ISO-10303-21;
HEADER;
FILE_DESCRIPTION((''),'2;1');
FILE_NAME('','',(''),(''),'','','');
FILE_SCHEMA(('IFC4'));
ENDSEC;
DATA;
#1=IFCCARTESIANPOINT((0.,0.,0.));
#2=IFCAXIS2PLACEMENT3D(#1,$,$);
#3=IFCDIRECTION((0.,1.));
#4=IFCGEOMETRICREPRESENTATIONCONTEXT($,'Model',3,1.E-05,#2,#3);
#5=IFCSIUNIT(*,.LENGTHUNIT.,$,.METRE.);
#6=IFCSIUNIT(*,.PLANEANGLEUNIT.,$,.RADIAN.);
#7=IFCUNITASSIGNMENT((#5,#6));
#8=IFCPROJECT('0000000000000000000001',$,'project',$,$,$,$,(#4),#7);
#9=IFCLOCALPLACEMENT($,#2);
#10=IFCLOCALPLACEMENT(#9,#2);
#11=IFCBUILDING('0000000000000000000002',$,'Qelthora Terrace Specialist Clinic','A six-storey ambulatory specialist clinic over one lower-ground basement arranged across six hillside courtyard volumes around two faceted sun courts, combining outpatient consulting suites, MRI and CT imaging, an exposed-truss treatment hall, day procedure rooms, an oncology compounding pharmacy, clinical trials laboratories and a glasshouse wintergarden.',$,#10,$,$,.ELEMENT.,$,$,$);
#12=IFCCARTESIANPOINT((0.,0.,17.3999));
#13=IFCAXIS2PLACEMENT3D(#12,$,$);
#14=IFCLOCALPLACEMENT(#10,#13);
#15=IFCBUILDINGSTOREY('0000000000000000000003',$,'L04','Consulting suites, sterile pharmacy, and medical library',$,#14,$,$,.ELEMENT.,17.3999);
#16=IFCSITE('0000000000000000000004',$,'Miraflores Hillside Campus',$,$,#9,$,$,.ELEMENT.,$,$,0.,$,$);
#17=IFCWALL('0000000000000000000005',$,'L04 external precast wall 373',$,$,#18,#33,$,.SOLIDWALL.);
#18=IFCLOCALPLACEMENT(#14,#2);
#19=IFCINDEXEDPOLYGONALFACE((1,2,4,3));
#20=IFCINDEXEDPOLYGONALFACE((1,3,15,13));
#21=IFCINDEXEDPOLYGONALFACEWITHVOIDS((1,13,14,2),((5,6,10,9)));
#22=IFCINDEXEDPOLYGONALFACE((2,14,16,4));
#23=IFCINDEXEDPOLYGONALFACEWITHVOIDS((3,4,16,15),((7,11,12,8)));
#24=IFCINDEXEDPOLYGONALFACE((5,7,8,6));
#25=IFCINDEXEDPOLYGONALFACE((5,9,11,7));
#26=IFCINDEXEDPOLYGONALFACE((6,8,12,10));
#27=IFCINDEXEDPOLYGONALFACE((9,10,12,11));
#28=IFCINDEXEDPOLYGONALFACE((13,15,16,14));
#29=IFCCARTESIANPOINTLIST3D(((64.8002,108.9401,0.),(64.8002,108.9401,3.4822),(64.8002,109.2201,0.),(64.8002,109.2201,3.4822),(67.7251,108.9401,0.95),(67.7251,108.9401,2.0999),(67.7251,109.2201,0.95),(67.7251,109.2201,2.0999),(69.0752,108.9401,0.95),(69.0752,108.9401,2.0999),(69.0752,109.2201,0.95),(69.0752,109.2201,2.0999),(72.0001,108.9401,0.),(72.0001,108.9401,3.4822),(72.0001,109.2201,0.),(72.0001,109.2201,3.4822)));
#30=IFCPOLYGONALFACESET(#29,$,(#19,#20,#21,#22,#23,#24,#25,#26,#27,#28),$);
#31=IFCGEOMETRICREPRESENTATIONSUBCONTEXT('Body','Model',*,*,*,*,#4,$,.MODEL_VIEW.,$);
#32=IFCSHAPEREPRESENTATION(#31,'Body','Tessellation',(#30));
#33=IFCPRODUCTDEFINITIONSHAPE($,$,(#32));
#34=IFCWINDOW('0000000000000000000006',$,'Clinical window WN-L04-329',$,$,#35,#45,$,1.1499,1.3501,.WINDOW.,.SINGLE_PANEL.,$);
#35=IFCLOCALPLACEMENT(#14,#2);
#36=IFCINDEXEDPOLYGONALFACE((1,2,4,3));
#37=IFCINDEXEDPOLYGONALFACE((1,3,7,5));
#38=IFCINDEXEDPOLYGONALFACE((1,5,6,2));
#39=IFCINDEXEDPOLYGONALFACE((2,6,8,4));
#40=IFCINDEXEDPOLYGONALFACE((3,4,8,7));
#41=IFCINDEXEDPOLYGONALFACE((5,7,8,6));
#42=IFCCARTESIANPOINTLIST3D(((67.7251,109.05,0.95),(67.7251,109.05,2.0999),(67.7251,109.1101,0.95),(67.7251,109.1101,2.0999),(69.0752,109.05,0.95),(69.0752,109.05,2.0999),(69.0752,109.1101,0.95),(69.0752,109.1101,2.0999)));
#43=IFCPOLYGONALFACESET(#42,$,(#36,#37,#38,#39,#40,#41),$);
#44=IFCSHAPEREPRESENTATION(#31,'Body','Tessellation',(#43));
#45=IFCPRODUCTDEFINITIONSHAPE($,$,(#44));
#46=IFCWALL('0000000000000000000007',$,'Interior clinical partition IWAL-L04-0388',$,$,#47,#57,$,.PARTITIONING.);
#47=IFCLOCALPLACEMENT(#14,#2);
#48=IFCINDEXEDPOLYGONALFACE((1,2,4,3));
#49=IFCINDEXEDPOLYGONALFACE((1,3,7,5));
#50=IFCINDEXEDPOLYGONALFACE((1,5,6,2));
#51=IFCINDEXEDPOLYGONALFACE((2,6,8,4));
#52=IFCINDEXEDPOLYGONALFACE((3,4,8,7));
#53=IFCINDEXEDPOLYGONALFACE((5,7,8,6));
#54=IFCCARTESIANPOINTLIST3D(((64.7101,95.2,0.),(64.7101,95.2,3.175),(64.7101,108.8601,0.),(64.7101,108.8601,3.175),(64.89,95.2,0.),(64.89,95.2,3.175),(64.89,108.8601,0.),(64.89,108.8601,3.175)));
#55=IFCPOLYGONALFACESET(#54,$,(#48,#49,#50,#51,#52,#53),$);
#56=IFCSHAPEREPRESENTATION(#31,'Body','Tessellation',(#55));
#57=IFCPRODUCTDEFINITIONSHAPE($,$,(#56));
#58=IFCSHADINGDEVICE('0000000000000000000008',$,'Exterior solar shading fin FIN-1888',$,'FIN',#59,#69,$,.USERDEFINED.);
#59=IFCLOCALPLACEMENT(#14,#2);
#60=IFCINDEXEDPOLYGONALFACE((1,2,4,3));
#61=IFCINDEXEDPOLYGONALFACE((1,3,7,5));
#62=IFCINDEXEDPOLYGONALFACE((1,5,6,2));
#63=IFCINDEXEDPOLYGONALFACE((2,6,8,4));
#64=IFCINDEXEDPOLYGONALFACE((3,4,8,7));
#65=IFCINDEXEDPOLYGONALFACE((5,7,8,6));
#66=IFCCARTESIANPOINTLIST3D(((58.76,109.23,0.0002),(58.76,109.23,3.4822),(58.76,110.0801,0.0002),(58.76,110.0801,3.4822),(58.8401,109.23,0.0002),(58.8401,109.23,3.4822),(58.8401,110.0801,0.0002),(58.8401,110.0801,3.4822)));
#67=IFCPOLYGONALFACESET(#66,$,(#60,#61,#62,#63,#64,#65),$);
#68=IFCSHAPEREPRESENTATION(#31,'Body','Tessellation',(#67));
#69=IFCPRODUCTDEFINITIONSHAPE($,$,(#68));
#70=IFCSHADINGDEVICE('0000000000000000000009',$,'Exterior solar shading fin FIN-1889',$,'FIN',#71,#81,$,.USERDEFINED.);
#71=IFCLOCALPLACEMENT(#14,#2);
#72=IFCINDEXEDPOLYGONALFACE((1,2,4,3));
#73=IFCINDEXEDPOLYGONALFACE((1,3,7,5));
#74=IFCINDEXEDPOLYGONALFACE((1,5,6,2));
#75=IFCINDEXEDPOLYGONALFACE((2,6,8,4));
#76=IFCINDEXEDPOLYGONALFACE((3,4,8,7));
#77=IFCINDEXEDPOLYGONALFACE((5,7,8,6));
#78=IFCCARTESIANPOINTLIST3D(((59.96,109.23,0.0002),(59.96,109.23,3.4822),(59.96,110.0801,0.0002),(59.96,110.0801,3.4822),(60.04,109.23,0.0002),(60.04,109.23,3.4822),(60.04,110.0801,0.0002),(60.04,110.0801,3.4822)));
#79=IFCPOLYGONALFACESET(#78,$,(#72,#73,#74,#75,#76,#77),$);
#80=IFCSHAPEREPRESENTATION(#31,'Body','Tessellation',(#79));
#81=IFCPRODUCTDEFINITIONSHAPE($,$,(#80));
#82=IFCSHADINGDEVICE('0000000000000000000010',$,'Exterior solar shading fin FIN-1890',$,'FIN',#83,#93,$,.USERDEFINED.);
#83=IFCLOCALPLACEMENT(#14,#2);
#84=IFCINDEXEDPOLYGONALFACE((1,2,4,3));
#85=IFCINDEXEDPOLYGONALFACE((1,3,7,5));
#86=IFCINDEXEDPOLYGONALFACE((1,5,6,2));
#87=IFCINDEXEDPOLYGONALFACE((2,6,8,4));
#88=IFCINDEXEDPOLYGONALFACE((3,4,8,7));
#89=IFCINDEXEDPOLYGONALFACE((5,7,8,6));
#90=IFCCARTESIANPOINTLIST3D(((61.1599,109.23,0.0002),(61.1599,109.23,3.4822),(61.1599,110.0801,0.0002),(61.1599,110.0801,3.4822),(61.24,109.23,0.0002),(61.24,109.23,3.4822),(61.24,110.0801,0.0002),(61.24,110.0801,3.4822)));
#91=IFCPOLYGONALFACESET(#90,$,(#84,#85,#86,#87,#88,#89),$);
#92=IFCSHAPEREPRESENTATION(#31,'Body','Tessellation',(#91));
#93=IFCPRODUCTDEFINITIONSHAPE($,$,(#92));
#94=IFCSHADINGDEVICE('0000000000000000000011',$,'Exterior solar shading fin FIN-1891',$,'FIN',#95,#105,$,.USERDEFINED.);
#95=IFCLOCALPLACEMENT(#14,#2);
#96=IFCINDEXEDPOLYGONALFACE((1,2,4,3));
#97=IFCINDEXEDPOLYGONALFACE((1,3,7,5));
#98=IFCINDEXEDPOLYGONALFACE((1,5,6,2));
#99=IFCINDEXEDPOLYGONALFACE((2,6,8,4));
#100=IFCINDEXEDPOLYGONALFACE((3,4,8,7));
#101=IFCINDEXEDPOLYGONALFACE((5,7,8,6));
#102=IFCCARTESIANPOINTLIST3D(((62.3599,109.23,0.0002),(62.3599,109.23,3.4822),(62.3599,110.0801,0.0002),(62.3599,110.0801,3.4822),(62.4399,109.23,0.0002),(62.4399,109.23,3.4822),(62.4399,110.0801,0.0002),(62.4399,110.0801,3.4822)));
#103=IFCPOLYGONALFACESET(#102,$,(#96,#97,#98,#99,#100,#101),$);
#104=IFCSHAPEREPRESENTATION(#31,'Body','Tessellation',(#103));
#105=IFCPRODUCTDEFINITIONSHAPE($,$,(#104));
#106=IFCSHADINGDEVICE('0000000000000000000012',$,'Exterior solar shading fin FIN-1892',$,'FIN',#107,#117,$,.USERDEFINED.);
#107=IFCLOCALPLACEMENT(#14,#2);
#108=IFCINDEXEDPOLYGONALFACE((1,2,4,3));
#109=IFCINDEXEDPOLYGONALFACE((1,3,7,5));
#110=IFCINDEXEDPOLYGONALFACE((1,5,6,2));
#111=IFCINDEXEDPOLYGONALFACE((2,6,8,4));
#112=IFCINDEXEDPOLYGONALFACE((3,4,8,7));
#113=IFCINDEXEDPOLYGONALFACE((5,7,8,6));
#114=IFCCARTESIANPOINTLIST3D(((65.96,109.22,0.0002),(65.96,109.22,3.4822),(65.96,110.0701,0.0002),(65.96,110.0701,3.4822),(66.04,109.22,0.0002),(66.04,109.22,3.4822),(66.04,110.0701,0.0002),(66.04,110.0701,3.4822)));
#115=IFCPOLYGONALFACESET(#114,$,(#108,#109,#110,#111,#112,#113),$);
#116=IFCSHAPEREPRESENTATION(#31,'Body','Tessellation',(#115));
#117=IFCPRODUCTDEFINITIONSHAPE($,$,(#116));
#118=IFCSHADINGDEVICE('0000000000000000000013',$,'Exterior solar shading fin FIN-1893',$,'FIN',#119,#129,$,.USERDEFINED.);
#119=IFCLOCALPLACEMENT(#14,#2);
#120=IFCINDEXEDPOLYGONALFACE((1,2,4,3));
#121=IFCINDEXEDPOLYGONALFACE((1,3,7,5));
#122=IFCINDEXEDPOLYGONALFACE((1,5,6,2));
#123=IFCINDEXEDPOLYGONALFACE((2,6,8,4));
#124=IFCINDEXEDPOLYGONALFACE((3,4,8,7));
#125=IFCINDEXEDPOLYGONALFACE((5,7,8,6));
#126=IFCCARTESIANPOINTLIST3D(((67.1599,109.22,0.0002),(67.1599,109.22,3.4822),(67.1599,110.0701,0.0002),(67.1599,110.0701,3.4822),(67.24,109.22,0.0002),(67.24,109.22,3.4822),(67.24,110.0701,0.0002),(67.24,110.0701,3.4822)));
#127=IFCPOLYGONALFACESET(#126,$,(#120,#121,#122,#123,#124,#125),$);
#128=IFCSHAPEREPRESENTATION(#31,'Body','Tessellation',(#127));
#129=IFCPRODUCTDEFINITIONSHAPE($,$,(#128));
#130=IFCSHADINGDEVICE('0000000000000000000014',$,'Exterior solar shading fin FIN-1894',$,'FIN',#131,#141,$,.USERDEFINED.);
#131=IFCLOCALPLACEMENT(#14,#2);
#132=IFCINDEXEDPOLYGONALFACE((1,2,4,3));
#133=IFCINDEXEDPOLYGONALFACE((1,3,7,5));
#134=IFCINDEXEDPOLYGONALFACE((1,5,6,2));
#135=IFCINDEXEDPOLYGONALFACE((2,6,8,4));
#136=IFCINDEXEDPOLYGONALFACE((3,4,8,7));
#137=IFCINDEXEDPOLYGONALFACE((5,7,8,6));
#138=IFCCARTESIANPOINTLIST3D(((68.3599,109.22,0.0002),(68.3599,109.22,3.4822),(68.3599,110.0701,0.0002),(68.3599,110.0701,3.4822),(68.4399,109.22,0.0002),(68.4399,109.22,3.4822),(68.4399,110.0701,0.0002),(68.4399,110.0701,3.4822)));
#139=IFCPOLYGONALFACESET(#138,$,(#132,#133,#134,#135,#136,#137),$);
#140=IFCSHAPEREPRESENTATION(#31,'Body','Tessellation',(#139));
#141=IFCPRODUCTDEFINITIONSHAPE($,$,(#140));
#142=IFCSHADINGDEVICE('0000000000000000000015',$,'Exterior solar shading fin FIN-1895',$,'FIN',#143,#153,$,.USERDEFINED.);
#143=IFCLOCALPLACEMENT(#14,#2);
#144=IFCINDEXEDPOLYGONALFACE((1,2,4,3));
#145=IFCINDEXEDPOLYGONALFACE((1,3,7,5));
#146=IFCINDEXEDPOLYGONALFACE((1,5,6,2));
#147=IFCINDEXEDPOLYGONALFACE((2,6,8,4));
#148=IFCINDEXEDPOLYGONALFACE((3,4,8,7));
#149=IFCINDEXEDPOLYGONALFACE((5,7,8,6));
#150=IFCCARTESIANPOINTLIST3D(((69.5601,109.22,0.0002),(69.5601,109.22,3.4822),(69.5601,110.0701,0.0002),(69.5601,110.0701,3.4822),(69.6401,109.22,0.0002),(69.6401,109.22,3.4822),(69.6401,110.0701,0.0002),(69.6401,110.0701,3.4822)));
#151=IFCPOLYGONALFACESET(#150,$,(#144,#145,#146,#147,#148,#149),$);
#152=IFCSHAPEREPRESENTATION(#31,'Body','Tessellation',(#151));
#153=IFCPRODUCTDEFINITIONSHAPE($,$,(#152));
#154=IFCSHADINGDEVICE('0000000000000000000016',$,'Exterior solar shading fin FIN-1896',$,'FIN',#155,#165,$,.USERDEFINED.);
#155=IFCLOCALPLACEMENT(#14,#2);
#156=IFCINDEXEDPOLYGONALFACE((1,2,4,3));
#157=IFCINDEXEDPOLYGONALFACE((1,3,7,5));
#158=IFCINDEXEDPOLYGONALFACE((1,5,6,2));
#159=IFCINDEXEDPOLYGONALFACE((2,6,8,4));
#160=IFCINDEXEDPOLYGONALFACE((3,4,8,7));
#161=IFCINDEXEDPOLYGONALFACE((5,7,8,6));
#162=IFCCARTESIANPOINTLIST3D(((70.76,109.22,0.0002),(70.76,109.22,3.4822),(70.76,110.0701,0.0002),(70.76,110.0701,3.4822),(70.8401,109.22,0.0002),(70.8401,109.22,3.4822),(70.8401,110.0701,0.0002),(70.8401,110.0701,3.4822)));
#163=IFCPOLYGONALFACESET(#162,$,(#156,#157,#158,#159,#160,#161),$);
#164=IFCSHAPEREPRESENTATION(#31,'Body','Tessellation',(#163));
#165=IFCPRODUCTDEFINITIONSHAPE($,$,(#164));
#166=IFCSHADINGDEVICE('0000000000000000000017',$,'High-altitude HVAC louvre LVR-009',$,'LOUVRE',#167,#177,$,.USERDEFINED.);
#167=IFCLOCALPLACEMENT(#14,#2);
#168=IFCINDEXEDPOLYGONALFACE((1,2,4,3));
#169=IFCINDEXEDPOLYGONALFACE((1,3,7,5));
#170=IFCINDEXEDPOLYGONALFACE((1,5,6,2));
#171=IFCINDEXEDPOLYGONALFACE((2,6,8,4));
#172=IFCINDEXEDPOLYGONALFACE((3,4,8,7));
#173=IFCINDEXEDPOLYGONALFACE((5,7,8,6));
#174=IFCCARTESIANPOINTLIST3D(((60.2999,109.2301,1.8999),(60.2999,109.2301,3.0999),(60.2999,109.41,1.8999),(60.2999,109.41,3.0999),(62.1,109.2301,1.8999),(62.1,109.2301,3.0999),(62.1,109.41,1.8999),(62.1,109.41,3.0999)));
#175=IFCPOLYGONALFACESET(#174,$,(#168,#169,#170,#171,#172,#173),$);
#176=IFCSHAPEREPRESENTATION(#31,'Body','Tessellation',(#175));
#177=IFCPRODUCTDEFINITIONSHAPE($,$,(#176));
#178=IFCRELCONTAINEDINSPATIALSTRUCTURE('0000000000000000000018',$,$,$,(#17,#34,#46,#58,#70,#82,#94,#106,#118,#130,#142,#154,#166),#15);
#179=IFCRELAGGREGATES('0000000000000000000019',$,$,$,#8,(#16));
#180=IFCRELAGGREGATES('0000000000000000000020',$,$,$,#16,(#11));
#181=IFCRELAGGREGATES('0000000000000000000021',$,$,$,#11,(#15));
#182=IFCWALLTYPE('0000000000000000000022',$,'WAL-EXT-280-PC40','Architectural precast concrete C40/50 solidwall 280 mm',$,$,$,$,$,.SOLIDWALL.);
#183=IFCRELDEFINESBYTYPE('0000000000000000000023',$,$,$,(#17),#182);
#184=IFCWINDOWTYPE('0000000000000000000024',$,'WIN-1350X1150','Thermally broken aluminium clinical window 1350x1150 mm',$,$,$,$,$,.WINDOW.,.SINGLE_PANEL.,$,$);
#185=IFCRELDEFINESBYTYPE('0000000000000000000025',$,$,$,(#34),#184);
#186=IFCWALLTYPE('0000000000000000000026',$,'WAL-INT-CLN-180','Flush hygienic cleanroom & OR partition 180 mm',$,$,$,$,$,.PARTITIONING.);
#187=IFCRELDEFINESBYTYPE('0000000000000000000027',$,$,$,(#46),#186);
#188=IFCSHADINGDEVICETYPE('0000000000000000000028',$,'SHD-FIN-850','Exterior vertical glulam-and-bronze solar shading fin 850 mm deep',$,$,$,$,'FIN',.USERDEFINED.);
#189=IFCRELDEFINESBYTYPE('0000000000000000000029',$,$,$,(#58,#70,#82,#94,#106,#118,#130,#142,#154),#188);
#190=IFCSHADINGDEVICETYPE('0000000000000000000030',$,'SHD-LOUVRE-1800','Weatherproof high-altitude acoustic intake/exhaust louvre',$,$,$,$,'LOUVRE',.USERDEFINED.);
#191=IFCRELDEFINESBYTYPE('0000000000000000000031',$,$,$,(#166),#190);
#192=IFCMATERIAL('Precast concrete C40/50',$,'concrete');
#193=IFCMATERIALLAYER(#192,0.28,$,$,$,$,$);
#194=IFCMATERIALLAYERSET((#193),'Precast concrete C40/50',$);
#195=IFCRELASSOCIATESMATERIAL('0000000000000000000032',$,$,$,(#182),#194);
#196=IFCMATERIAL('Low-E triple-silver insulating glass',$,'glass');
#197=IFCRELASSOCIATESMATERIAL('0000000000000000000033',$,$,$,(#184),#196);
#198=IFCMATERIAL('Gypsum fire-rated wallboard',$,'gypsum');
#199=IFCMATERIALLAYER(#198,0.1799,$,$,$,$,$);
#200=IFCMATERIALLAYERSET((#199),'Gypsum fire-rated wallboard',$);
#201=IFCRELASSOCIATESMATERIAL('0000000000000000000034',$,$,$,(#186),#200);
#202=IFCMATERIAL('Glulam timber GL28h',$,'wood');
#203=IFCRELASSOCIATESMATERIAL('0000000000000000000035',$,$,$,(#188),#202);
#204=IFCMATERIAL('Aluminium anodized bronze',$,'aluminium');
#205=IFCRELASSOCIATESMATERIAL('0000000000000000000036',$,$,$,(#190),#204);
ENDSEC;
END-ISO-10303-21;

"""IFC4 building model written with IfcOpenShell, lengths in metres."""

from ifc_helpers import new_model, si_unit, direction, frame, frame_2d, origin, origin_2d, place, context, subcontext, project, spatial, rectangle, extrude, material, layer, layer_set, type_object, element, fill, save


model = new_model("IFC4")

# Units and contexts
model_context = context("Model", 3, precision=1e-05, world=origin(), true_north=direction((0.0, 1.0)))
body_context = subcontext(model_context, "Body", "Model", "MODEL_VIEW")
ifc_project = project(units=[si_unit("LENGTHUNIT", "METRE"), si_unit("PLANEANGLEUNIT", "RADIAN")], contexts=[model_context])

# Site, building, storey
site_placement = place(None, origin())
site = spatial("IfcSite", under=ifc_project, at=site_placement, Name="Miraflores Hillside Campus", CompositionType="ELEMENT", RefElevation=0.0)
building_placement = place(site_placement, origin())
building = spatial("IfcBuilding", under=site, at=building_placement, Name="Qelthora Terrace Specialist Clinic", Description="A six-storey ambulatory specialist clinic over one lower-ground basement arranged across six hillside courtyard volumes around two faceted sun courts, combining outpatient consulting suites, MRI and CT imaging, an exposed-truss treatment hall, day procedure rooms, an oncology compounding pharmacy, clinical trials laboratories and a glasshouse wintergarden.", CompositionType="ELEMENT")
storey_placement = place(building_placement, frame((0.0, 0.0, 17.3999)))
storey = spatial("IfcBuildingStorey", under=building, at=storey_placement, Name="L04", Description="Consulting suites, sterile pharmacy, and medical library", CompositionType="ELEMENT", Elevation=17.3999)

# Wall, opening, window
ifc_material_1 = material(Name="Precast concrete C40/50", Category="concrete")
ifc_layer_1 = layer(ifc_material_1, 0.28)
ifc_layer_set_1 = layer_set([ifc_layer_1], Name="Precast concrete C40/50")
wall_type_1 = type_object("IfcWallType", Name="WAL-EXT-280-PC40", Description="Architectural precast concrete C40/50 solidwall 280 mm", PredefinedType="SOLIDWALL", material=ifc_layer_set_1)
wall_1_placement = place(storey_placement, frame((64.8, 109.0801, 0.0), z_axis=(0.0, 0.0, 1.0), x_axis=(1.0, 0.0, 0.0)))
wall_1 = element("IfcWall", 1, at=wall_1_placement, inside=storey, type_object=wall_type_1, Name="L04 external precast wall 373", PredefinedType="SOLIDWALL", context=body_context, shape_type="SweptSolid", body=[
    extrude(rectangle(XDim=7.2, YDim=0.28, at=frame_2d((3.6001, 0.0))), origin(), (0.0, 0.0, 1.0), 3.4822),
])
opening_placement = place(wall_1_placement, frame((2.925, 0.0, 0.95)))
opening = element("IfcOpeningElement", 2, at=opening_placement, cuts=wall_1, PredefinedType="OPENING", context=body_context, shape_type="SweptSolid", body=[
    extrude(rectangle(XDim=1.3501, YDim=1.1499, at=frame_2d((0.675, 0.575))), frame((0.0, 0.1499, 0.0), z_axis=(0.0, -1.0, 0.0), x_axis=(1.0, 0.0, 0.0)), (0.0, 0.0, 1.0), 0.3),
])
ifc_material_2 = material(Name="Low-E triple-silver insulating glass", Category="glass")
window_type = type_object("IfcWindowType", Name="WIN-1350X1150", Description="Thermally broken aluminium clinical window 1350x1150 mm", PartitioningType="SINGLE_PANEL", PredefinedType="WINDOW", material=ifc_material_2)
window_placement = place(opening_placement, origin())
window = element("IfcWindow", 3, at=window_placement, inside=storey, type_object=window_type, Name="Clinical window WN-L04-329", OverallHeight=1.1499, OverallWidth=1.3501, PartitioningType="SINGLE_PANEL", PredefinedType="WINDOW", context=body_context, shape_type="SweptSolid", body=[
    extrude(rectangle(XDim=1.3501, YDim=1.1499, at=frame_2d((0.675, 0.575))), frame((0.0, 0.03, 0.0), z_axis=(0.0, -1.0, 0.0), x_axis=(1.0, 0.0, 0.0)), (0.0, 0.0, 1.0), 0.0601),
])
fill(opening, window)

# Wall
ifc_material_3 = material(Name="Gypsum fire-rated wallboard", Category="gypsum")
ifc_layer_2 = layer(ifc_material_3, 0.1799)
ifc_layer_set_2 = layer_set([ifc_layer_2], Name="Gypsum fire-rated wallboard")
wall_type_2 = type_object("IfcWallType", Name="WAL-INT-CLN-180", Description="Flush hygienic cleanroom & OR partition 180 mm", PredefinedType="PARTITIONING", material=ifc_layer_set_2)
wall_2_placement = place(storey_placement, frame((64.8, 108.8601, 0.0), z_axis=(0.0, 0.0, 1.0), x_axis=(0.0, -1.0, 0.0)))
element("IfcWall", 4, at=wall_2_placement, inside=storey, type_object=wall_type_2, Name="Interior clinical partition IWAL-L04-0388", PredefinedType="PARTITIONING", context=body_context, shape_type="SweptSolid", body=[
    extrude(rectangle(XDim=13.6602, YDim=0.1799, at=frame_2d((6.8301, 0.0))), origin(), (0.0, 0.0, 1.0), 3.175),
])

# Shading devices
ifc_material_4 = material(Name="Glulam timber GL28h", Category="wood")
shading_device_type_1 = type_object("IfcShadingDeviceType", Name="SHD-FIN-850", Description="Exterior vertical glulam-and-bronze solar shading fin 850 mm deep", ElementType="FIN", PredefinedType="USERDEFINED", material=ifc_material_4)
for number, where, z_axis, x_axis, name in (
    (5, (58.8, 109.655, 0.0002), (0.0, 0.0, 1.0), (0.0, 1.0, 0.0), "Exterior solar shading fin FIN-1888"),
    (6, (60.0, 109.655, 0.0002), (0.0, 0.0, 1.0), (0.0, 1.0, 0.0), "Exterior solar shading fin FIN-1889"),
    (7, (61.2, 109.655, 0.0002), (0.0, 0.0, 1.0), (0.0, 1.0, 0.0), "Exterior solar shading fin FIN-1890"),
    (8, (62.3999, 109.655, 0.0002), (0.0, 0.0, 1.0), (0.0, 1.0, 0.0), "Exterior solar shading fin FIN-1891"),
    (9, (66.0, 109.645, 0.0002), (0.0, 0.0, 1.0), (0.0, 1.0, 0.0), "Exterior solar shading fin FIN-1892"),
    (10, (67.2, 109.645, 0.0002), (0.0, 0.0, 1.0), (0.0, 1.0, 0.0), "Exterior solar shading fin FIN-1893"),
    (11, (68.3999, 109.645, 0.0002), (0.0, 0.0, 1.0), (0.0, 1.0, 0.0), "Exterior solar shading fin FIN-1894"),
    (12, (69.6001, 109.645, 0.0002), (0.0, 0.0, 1.0), (0.0, 1.0, 0.0), "Exterior solar shading fin FIN-1895"),
    (13, (70.8, 109.645, 0.0002), (0.0, 0.0, 1.0), (0.0, 1.0, 0.0), "Exterior solar shading fin FIN-1896"),
):
    element("IfcShadingDevice", number, at=place(storey_placement, frame(where, z_axis=z_axis, x_axis=x_axis)), inside=storey, type_object=shading_device_type_1, Name=name, ObjectType="FIN", PredefinedType="USERDEFINED", context=body_context, shape_type="SweptSolid", body=[
        extrude(rectangle(XDim=0.8501, YDim=0.0801, at=origin_2d()), origin(), (0.0, 0.0, 1.0), 3.4819),
    ])
ifc_material_5 = material(Name="Aluminium anodized bronze", Category="aluminium")
shading_device_type_2 = type_object("IfcShadingDeviceType", Name="SHD-LOUVRE-1800", Description="Weatherproof high-altitude acoustic intake/exhaust louvre", ElementType="LOUVRE", PredefinedType="USERDEFINED", material=ifc_material_5)
shading_device_placement = place(storey_placement, frame((61.2, 109.3201, 1.8999), z_axis=(0.0, 0.0, 1.0), x_axis=(1.0, 0.0, 0.0)))
element("IfcShadingDevice", 14, at=shading_device_placement, inside=storey, type_object=shading_device_type_2, Name="High-altitude HVAC louvre LVR-009", ObjectType="LOUVRE", PredefinedType="USERDEFINED", context=body_context, shape_type="SweptSolid", body=[
    extrude(rectangle(XDim=1.8, YDim=0.1799, at=origin_2d()), origin(), (0.0, 0.0, 1.0), 1.2),
])

save(model, "model.ifc")
